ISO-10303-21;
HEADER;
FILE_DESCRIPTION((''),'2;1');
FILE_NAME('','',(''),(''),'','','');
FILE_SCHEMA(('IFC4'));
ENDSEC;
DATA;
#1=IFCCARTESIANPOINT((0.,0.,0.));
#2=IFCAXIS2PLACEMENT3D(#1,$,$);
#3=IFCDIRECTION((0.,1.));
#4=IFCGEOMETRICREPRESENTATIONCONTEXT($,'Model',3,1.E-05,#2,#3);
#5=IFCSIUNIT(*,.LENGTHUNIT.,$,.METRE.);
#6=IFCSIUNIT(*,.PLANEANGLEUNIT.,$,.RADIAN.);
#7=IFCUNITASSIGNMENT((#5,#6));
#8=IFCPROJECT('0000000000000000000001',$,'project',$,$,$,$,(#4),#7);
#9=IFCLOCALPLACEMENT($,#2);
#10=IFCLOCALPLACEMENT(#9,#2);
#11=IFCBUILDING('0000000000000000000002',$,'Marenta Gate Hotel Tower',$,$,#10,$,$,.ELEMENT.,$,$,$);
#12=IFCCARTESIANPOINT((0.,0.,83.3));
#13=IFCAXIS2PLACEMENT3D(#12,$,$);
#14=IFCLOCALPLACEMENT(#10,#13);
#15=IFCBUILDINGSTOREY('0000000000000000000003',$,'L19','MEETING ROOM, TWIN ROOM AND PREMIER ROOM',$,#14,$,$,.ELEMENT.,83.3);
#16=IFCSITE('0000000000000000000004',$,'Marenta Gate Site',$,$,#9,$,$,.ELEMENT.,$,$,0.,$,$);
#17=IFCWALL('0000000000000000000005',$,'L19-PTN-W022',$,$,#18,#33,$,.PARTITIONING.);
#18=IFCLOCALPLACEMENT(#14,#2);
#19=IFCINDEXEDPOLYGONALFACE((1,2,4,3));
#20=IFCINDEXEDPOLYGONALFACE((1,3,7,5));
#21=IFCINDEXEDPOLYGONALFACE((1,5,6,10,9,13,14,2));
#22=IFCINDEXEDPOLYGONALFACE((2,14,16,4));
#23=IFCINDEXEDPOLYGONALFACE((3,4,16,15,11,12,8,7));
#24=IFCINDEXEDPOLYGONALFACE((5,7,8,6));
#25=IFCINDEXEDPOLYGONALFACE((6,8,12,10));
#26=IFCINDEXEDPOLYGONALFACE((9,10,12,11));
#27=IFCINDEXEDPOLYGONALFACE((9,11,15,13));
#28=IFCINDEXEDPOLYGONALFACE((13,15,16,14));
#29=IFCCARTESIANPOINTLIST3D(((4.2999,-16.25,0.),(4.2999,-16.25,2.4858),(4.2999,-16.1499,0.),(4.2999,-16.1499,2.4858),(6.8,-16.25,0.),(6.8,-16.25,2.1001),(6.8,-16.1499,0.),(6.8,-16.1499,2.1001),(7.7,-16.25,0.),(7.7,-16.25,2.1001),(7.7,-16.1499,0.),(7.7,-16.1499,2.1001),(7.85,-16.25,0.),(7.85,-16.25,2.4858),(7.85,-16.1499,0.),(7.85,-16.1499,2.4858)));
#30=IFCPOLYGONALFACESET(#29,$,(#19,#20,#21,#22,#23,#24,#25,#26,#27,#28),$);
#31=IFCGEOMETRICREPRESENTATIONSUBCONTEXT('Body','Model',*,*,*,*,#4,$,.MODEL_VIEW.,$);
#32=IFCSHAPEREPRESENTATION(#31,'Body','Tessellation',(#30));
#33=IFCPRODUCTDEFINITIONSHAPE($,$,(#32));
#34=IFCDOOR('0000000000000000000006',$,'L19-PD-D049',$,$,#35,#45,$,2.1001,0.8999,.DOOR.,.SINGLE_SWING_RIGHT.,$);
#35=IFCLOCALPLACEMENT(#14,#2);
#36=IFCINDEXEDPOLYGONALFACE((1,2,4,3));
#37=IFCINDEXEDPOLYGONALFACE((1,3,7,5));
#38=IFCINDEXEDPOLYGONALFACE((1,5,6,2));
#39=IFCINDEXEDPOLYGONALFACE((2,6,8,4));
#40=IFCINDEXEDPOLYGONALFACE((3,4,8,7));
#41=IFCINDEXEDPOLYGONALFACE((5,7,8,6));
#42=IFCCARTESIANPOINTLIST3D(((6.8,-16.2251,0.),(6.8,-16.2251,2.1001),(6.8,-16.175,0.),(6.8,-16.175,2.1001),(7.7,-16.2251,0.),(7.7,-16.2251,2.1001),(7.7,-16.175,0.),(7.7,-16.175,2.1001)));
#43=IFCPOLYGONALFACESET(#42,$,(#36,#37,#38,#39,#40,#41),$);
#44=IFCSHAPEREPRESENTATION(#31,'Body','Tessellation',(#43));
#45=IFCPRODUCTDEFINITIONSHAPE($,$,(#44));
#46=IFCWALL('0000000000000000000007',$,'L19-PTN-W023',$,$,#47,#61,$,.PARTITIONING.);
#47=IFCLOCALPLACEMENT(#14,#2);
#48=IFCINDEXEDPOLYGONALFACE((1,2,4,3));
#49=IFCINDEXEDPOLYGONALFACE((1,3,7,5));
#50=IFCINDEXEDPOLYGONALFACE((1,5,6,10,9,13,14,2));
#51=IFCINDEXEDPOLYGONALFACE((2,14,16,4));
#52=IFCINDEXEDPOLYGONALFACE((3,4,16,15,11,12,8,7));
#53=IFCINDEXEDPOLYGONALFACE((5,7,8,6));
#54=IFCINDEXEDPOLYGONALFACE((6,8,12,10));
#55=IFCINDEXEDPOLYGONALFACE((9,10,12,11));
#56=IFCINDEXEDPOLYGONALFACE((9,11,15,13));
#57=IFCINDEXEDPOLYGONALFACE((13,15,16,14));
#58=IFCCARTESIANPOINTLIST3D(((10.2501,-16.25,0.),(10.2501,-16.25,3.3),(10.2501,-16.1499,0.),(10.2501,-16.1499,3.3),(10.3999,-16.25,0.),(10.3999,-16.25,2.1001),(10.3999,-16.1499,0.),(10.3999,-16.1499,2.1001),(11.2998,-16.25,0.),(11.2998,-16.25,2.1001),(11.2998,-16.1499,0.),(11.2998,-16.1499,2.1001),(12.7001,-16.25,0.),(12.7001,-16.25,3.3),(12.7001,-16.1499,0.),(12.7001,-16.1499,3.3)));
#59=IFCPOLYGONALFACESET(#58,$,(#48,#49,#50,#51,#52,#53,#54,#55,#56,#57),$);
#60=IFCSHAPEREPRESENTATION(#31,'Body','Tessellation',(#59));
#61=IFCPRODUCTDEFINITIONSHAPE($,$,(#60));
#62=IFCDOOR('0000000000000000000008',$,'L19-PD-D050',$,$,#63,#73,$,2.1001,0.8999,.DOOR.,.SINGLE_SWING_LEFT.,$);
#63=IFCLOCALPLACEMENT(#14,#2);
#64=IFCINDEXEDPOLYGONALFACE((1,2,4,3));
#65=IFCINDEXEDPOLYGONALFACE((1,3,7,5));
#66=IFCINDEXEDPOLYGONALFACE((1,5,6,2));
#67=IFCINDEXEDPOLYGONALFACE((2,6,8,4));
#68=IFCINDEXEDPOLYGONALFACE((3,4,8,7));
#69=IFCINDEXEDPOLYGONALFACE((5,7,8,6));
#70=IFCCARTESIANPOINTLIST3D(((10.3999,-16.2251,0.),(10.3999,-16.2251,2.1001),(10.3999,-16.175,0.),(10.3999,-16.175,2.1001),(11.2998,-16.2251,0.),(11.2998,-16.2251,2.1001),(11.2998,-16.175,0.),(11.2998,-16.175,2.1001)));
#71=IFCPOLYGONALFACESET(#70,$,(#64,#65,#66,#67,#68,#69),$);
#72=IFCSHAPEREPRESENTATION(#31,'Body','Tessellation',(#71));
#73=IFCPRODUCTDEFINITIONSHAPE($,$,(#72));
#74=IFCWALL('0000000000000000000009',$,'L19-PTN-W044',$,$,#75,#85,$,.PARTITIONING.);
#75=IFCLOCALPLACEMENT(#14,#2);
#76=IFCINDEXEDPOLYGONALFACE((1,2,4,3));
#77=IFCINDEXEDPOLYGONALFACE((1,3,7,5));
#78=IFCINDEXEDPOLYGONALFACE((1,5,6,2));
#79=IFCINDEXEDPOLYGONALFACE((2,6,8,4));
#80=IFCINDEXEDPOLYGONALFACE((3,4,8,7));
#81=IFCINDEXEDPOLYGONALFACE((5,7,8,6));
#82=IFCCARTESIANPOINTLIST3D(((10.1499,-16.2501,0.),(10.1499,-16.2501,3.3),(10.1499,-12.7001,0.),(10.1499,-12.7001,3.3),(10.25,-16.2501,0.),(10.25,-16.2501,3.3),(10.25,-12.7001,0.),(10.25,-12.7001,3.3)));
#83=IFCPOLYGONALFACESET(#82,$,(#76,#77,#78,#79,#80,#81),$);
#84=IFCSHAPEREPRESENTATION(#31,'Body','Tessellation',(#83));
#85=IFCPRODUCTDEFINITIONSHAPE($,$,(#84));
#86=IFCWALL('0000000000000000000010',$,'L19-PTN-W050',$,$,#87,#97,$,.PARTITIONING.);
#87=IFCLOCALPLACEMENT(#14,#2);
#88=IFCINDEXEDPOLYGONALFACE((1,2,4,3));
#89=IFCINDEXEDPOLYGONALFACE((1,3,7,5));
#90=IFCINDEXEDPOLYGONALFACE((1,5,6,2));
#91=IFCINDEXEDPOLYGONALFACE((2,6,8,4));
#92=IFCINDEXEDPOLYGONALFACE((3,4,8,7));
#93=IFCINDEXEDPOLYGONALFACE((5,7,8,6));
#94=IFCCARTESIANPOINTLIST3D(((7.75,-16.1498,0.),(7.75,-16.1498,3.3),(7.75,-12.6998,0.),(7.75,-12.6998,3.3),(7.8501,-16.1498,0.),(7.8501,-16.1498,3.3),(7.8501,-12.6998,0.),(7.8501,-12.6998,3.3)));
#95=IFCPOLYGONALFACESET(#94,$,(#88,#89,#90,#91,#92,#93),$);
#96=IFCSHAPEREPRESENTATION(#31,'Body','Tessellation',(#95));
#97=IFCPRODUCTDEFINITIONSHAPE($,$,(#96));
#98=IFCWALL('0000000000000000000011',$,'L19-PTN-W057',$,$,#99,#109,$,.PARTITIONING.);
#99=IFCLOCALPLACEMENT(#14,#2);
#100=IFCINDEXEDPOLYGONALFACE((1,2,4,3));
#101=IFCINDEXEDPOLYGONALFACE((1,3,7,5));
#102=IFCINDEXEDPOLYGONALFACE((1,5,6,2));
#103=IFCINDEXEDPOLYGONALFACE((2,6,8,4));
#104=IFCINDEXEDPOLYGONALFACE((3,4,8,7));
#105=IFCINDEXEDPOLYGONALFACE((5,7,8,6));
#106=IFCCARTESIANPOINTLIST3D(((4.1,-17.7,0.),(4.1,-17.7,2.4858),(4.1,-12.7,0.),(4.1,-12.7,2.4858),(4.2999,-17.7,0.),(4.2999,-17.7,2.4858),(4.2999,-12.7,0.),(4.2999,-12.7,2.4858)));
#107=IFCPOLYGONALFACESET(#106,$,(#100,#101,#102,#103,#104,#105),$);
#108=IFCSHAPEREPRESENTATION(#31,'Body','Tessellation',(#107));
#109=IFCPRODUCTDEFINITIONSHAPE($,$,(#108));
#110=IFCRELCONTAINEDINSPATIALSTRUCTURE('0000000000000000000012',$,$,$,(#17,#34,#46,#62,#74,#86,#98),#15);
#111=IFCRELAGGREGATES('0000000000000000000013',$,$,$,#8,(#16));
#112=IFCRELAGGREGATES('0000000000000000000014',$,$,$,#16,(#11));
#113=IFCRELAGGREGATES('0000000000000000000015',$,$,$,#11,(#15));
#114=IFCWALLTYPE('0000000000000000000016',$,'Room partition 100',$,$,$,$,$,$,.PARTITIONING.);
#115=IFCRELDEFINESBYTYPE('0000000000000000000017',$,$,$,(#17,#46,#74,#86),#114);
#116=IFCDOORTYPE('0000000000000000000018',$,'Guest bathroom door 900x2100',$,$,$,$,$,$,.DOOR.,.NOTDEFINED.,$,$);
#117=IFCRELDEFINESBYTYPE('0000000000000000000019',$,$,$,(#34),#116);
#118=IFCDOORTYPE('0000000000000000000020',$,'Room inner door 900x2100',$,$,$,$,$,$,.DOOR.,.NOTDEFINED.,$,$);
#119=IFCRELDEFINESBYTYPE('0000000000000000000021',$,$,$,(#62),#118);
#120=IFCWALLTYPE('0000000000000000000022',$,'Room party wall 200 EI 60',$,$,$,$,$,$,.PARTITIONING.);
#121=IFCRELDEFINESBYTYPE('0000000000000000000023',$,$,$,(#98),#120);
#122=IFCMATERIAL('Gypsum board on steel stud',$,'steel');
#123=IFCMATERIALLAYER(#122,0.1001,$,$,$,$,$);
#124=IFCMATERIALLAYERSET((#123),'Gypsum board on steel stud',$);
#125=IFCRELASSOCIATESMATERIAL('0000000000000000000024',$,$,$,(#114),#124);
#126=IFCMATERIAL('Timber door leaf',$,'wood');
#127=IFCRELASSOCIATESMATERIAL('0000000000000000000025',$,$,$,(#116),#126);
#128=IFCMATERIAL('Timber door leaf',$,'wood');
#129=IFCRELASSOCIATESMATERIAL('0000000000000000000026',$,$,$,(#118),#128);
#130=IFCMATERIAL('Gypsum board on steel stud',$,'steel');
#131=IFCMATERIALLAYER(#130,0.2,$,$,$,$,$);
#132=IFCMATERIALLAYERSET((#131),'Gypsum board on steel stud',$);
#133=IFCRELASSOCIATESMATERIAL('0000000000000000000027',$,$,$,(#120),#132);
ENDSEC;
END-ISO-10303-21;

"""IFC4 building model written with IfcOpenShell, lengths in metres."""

from ifc_helpers import new_model, si_unit, direction, frame, frame_2d, origin, place, context, subcontext, project, spatial, rectangle, extrude, material, layer, layer_set, type_object, element, fill, save


model = new_model("IFC4")

# Units and contexts
model_context = context("Model", 3, precision=1e-05, world=origin(), true_north=direction((0.0, 1.0)))
body_context = subcontext(model_context, "Body", "Model", "MODEL_VIEW")
ifc_project = project(units=[si_unit("LENGTHUNIT", "METRE"), si_unit("PLANEANGLEUNIT", "RADIAN")], contexts=[model_context])

# Site, building, storey
site_placement = place(None, origin())
site = spatial("IfcSite", under=ifc_project, at=site_placement, Name="Marenta Gate Site", CompositionType="ELEMENT", RefElevation=0.0)
building_placement = place(site_placement, origin())
building = spatial("IfcBuilding", under=site, at=building_placement, Name="Marenta Gate Hotel Tower", CompositionType="ELEMENT")
storey_placement = place(building_placement, frame((0.0, 0.0, 83.3)))
storey = spatial("IfcBuildingStorey", under=building, at=storey_placement, Name="L19", Description="MEETING ROOM, TWIN ROOM AND PREMIER ROOM", CompositionType="ELEMENT", Elevation=83.3)

# Walls, openings, doors
ifc_material_1 = material(Name="Gypsum board on steel stud", Category="steel")
ifc_layer_1 = layer(ifc_material_1, 0.1001)
ifc_layer_set_1 = layer_set([ifc_layer_1], Name="Gypsum board on steel stud")
wall_type_1 = type_object("IfcWallType", Name="Room partition 100", PredefinedType="PARTITIONING", material=ifc_layer_set_1)
wall_1_placement = place(storey_placement, frame((4.3, -16.2, 0.0), z_axis=(0.0, 0.0, 1.0), x_axis=(1.0, 0.0, 0.0)))
wall_1 = element("IfcWall", 1, at=wall_1_placement, inside=storey, type_object=wall_type_1, Name="L19-PTN-W022", PredefinedType="PARTITIONING", context=body_context, shape_type="SweptSolid", body=[
    extrude(rectangle(XDim=3.55, YDim=0.1001, at=frame_2d((1.7749, 0.0))), origin(), (0.0, 0.0, 1.0), 2.4858),
])
opening_1_placement = place(wall_1_placement, frame((2.5, 0.0, 0.0)))
opening_1 = element("IfcOpeningElement", 2, at=opening_1_placement, cuts=wall_1, PredefinedType="OPENING", context=body_context, shape_type="SweptSolid", body=[
    extrude(rectangle(XDim=0.8999, YDim=2.1001, at=frame_2d((0.45, 1.05))), frame((0.0, 0.05, 0.0), z_axis=(0.0, -1.0, 0.0), x_axis=(1.0, 0.0, 0.0)), (0.0, 0.0, 1.0), 0.1001),
])
ifc_material_2 = material(Name="Timber door leaf", Category="wood")
door_type_1 = type_object("IfcDoorType", Name="Guest bathroom door 900x2100", OperationType="NOTDEFINED", PredefinedType="DOOR", material=ifc_material_2)
door_1_placement = place(opening_1_placement, origin())
door_1 = element("IfcDoor", 3, at=door_1_placement, inside=storey, type_object=door_type_1, Name="L19-PD-D049", OperationType="SINGLE_SWING_RIGHT", OverallHeight=2.1001, OverallWidth=0.8999, PredefinedType="DOOR", context=body_context, shape_type="SweptSolid", body=[
    extrude(rectangle(XDim=0.8999, YDim=2.1001, at=frame_2d((0.45, 1.05))), frame((0.0, 0.0249, 0.0), z_axis=(0.0, -1.0, 0.0), x_axis=(1.0, 0.0, 0.0)), (0.0, 0.0, 1.0), 0.05),
])
fill(opening_1, door_1)
wall_2_placement = place(storey_placement, frame((10.25, -16.2, 0.0), z_axis=(0.0, 0.0, 1.0), x_axis=(1.0, 0.0, 0.0)))
wall_2 = element("IfcWall", 4, at=wall_2_placement, inside=storey, type_object=wall_type_1, Name="L19-PTN-W023", PredefinedType="PARTITIONING", context=body_context, shape_type="SweptSolid", body=[
    extrude(rectangle(XDim=2.45, YDim=0.1001, at=frame_2d((1.2251, 0.0))), origin(), (0.0, 0.0, 1.0), 3.3),
])
opening_2_placement = place(wall_2_placement, frame((0.1499, 0.0, 0.0)))
opening_2 = element("IfcOpeningElement", 5, at=opening_2_placement, cuts=wall_2, PredefinedType="OPENING", context=body_context, shape_type="SweptSolid", body=[
    extrude(rectangle(XDim=0.8999, YDim=2.1001, at=frame_2d((0.45, 1.05))), frame((0.0, 0.05, 0.0), z_axis=(0.0, -1.0, 0.0), x_axis=(1.0, 0.0, 0.0)), (0.0, 0.0, 1.0), 0.1001),
])
ifc_material_3 = material(Name="Timber door leaf", Category="wood")
door_type_2 = type_object("IfcDoorType", Name="Room inner door 900x2100", OperationType="NOTDEFINED", PredefinedType="DOOR", material=ifc_material_3)
door_2_placement = place(opening_2_placement, origin())
door_2 = element("IfcDoor", 6, at=door_2_placement, inside=storey, type_object=door_type_2, Name="L19-PD-D050", OperationType="SINGLE_SWING_LEFT", OverallHeight=2.1001, OverallWidth=0.8999, PredefinedType="DOOR", context=body_context, shape_type="SweptSolid", body=[
    extrude(rectangle(XDim=0.8999, YDim=2.1001, at=frame_2d((0.45, 1.05))), frame((0.0, 0.0249, 0.0), z_axis=(0.0, -1.0, 0.0), x_axis=(1.0, 0.0, 0.0)), (0.0, 0.0, 1.0), 0.05),
])
fill(opening_2, door_2)

# Walls
wall_3_placement = place(storey_placement, frame((10.2, -16.25, 0.0), z_axis=(0.0, 0.0, 1.0), x_axis=(0.0, 1.0, 0.0)))
element("IfcWall", 7, at=wall_3_placement, inside=storey, type_object=wall_type_1, Name="L19-PTN-W044", PredefinedType="PARTITIONING", context=body_context, shape_type="SweptSolid", body=[
    extrude(rectangle(XDim=3.55, YDim=0.1001, at=frame_2d((1.7749, 0.0))), origin(), (0.0, 0.0, 1.0), 3.3),
])
wall_4_placement = place(storey_placement, frame((7.8, -16.1499, 0.0), z_axis=(0.0, 0.0, 1.0), x_axis=(0.0, 1.0, 0.0)))
element("IfcWall", 8, at=wall_4_placement, inside=storey, type_object=wall_type_1, Name="L19-PTN-W050", PredefinedType="PARTITIONING", context=body_context, shape_type="SweptSolid", body=[
    extrude(rectangle(XDim=3.45, YDim=0.1001, at=frame_2d((1.7251, 0.0))), origin(), (0.0, 0.0, 1.0), 3.3),
])
ifc_material_4 = material(Name="Gypsum board on steel stud", Category="steel")
ifc_layer_2 = layer(ifc_material_4, 0.2)
ifc_layer_set_2 = layer_set([ifc_layer_2], Name="Gypsum board on steel stud")
wall_type_2 = type_object("IfcWallType", Name="Room party wall 200 EI 60", PredefinedType="PARTITIONING", material=ifc_layer_set_2)
wall_5_placement = place(storey_placement, frame((4.2, -17.7, 0.0), z_axis=(0.0, 0.0, 1.0), x_axis=(0.0, 1.0, 0.0)))
element("IfcWall", 9, at=wall_5_placement, inside=storey, type_object=wall_type_2, Name="L19-PTN-W057", PredefinedType="PARTITIONING", context=body_context, shape_type="SweptSolid", body=[
    extrude(rectangle(XDim=5.0, YDim=0.2, at=frame_2d((2.5, 0.0))), origin(), (0.0, 0.0, 1.0), 2.4858),
])

save(model, "model.ifc")
